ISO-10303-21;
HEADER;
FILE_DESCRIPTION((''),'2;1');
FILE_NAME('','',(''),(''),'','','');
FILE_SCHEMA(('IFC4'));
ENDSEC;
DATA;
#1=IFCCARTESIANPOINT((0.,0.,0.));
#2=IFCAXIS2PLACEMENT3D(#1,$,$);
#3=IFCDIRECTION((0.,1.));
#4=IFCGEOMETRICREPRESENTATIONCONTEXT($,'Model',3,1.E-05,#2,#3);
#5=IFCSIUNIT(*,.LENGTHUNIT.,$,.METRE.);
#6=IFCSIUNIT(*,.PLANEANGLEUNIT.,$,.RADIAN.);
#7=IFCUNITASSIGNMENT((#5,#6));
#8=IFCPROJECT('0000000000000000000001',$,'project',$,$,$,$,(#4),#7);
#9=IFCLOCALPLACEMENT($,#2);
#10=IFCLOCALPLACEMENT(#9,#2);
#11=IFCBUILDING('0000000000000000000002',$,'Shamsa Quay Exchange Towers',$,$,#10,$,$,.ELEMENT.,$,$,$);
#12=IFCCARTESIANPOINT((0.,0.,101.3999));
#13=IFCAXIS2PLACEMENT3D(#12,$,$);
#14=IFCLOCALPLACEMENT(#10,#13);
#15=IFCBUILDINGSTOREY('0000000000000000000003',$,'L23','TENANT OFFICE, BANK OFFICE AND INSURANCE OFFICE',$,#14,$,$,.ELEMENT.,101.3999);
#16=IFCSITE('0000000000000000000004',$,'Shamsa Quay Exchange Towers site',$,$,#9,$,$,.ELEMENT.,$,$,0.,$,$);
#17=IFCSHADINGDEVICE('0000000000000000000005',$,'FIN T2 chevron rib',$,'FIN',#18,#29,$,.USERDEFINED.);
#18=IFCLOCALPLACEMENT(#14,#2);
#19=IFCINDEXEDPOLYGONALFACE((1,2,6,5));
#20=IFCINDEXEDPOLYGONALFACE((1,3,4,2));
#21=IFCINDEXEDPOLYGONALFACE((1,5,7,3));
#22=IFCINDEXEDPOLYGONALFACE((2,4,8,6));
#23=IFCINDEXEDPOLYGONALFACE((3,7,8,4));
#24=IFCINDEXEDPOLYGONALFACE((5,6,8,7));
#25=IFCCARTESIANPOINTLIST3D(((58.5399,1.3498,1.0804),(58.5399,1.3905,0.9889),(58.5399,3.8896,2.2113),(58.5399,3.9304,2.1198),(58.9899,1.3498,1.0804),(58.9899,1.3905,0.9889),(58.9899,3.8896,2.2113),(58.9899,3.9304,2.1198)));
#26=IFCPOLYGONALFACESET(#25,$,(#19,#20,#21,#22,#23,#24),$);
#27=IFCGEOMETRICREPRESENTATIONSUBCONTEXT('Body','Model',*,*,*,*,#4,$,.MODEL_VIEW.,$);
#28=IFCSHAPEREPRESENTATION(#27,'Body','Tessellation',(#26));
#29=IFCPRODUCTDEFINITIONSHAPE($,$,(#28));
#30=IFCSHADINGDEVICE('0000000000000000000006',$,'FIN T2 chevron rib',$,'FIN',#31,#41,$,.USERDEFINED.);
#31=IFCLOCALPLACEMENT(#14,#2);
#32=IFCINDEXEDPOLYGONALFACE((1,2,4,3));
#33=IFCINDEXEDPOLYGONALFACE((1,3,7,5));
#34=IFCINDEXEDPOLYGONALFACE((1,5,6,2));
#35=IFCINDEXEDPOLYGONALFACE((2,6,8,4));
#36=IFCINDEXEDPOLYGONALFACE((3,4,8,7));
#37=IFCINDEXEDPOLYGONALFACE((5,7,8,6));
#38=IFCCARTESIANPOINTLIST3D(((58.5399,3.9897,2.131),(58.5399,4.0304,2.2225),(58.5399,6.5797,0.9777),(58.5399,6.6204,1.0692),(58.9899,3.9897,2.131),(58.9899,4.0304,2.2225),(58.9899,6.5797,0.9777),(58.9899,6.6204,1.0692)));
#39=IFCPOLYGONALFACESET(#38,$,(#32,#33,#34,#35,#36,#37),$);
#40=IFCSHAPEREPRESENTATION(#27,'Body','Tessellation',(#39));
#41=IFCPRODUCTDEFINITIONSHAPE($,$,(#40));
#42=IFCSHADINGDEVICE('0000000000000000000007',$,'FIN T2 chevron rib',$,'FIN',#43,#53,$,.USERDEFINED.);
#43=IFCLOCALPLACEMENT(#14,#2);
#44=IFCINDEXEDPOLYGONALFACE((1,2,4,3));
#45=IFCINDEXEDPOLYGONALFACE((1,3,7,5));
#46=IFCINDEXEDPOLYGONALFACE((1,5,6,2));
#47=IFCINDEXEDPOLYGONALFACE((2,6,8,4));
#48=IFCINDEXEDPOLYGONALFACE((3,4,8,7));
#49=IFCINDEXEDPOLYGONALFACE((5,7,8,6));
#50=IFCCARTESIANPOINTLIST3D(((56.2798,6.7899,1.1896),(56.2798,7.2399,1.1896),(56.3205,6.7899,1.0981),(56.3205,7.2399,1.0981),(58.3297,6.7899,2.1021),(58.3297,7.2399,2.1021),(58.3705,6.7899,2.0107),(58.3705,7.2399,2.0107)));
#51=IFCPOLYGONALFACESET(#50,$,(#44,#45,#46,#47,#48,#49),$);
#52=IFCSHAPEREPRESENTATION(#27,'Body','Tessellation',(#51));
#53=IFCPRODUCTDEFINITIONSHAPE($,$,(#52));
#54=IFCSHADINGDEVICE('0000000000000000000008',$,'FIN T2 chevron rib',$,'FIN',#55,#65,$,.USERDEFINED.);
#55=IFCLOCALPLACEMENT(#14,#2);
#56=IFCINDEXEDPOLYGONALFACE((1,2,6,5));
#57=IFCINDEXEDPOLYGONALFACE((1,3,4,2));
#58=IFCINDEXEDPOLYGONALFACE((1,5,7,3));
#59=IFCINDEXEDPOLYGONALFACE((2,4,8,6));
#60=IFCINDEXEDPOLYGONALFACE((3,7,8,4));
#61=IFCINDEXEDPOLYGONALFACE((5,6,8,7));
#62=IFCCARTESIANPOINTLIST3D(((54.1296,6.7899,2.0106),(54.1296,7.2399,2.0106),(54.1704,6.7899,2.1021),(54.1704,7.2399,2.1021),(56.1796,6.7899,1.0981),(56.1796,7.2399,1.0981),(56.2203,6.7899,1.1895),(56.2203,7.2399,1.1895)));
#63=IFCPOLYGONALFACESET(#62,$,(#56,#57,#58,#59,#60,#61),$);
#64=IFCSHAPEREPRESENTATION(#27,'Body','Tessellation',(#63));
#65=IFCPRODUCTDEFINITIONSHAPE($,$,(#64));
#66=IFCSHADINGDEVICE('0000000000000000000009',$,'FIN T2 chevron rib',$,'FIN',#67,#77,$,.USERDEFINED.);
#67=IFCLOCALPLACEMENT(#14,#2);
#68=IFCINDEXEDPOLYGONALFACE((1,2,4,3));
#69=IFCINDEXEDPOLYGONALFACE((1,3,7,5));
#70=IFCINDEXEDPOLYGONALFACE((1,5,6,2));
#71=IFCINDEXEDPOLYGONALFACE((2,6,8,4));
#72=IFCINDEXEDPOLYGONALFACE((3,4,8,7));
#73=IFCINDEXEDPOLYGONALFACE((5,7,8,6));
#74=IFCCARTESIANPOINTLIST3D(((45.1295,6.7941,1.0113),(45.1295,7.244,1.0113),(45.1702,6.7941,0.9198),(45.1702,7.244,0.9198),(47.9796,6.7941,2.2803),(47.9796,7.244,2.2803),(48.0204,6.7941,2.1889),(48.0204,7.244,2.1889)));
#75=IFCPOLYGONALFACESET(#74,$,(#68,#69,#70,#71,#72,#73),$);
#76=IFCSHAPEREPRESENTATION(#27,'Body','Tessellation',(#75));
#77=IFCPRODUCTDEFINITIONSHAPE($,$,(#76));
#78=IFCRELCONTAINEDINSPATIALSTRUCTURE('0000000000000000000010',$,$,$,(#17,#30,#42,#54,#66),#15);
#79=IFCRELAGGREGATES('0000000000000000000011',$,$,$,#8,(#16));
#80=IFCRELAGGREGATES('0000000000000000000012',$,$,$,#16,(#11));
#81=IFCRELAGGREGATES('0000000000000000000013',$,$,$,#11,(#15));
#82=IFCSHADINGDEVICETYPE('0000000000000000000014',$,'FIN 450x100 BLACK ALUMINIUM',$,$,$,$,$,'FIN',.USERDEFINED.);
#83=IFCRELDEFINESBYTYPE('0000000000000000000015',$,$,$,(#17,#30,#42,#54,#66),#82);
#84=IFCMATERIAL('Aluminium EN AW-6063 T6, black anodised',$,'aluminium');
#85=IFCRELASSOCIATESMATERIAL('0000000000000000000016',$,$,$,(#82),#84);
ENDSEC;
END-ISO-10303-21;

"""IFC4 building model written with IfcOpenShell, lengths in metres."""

from ifc_helpers import new_model, si_unit, direction, frame, origin, origin_2d, place, context, subcontext, project, spatial, rectangle, extrude, material, material_profile, profile_set, type_object, element, save


model = new_model("IFC4")

# Units and contexts
model_context = context("Model", 3, precision=1e-05, world=origin(), true_north=direction((0.0, 1.0)))
body_context = subcontext(model_context, "Body", "Model", "MODEL_VIEW")
ifc_project = project(units=[si_unit("LENGTHUNIT", "METRE"), si_unit("PLANEANGLEUNIT", "RADIAN")], contexts=[model_context])

# Site, building, storey
site_placement = place(None, origin())
site = spatial("IfcSite", under=ifc_project, at=site_placement, Name="Shamsa Quay Exchange Towers site", CompositionType="ELEMENT", RefElevation=0.0)
building_placement = place(site_placement, origin())
building = spatial("IfcBuilding", under=site, at=building_placement, Name="Shamsa Quay Exchange Towers", CompositionType="ELEMENT")
storey_placement = place(building_placement, frame((0.0, 0.0, 101.3999)))
storey = spatial("IfcBuildingStorey", under=building, at=storey_placement, Name="L23", Description="TENANT OFFICE, BANK OFFICE AND INSURANCE OFFICE", CompositionType="ELEMENT", Elevation=101.3999)

# Shared definitions
ifc_material_1 = material(Name="Aluminium EN AW-6063 T6, black anodised", Category="aluminium")

# Shading devices
ifc_material_profile_1 = material_profile(ifc_material_1, rectangle(XDim=0.45, YDim=0.1001, at=origin_2d()), Name="FIN450x100")
ifc_profile_set_1 = profile_set([ifc_material_profile_1], Name="Aluminium EN AW-6063 T6, black anodised")
shading_device_type = type_object("IfcShadingDeviceType", Name="FIN 450x100 BLACK ALUMINIUM", ElementType="FIN", PredefinedType="USERDEFINED", material=ifc_profile_set_1)
shading_device_1_placement = place(storey_placement, frame((58.7649, 1.3701, 1.0347), z_axis=(0.0, 0.913536, 0.406758), x_axis=(-1.0, 0.0, 0.0)))
element("IfcShadingDevice", 1, at=shading_device_1_placement, inside=storey, type_object=shading_device_type, Name="FIN T2 chevron rib", ObjectType="FIN", PredefinedType="USERDEFINED", context=body_context, shape_type="SweptSolid", body=[
    extrude(rectangle(XDim=0.45, YDim=0.1001, at=origin_2d()), origin(), (0.0, 0.0, 1.0), 2.7803),
])
shading_device_2_placement = place(storey_placement, frame((58.7649, 4.01, 2.1768), z_axis=(0.0, 0.913527, -0.406778), x_axis=(-1.0, 0.0, 0.0)))
element("IfcShadingDevice", 2, at=shading_device_2_placement, inside=storey, type_object=shading_device_type, Name="FIN T2 chevron rib", ObjectType="FIN", PredefinedType="USERDEFINED", context=body_context, shape_type="SweptSolid", body=[
    extrude(rectangle(XDim=0.45, YDim=0.1001, at=origin_2d()), origin(), (0.0, 0.0, 1.0), 2.8352),
])
for number, where, z_axis, x_axis, name in (
    (3, (58.3501, 7.0149, 2.0564), (-0.913569, 0.0, -0.406684), (0.0, -1.0, 0.0), "FIN T2 chevron rib"),
    (4, (56.2, 7.0149, 1.1438), (-0.913569, 0.0, 0.406684), (0.0, -1.0, 0.0), "FIN T2 chevron rib"),
):
    element("IfcShadingDevice", number, at=place(storey_placement, frame(where, z_axis=z_axis, x_axis=x_axis)), inside=storey, type_object=shading_device_type, Name=name, ObjectType="FIN", PredefinedType="USERDEFINED", context=body_context, shape_type="SweptSolid", body=[
        extrude(rectangle(XDim=0.45, YDim=0.1001, at=origin_2d()), origin(), (0.0, 0.0, 1.0), 2.2439),
    ])
shading_device_3_placement = place(storey_placement, frame((48.0, 7.019, 2.2346), z_axis=(-0.913534, 0.0, -0.406763), x_axis=(0.0, -1.0, 0.0)))
element("IfcShadingDevice", 5, at=shading_device_3_placement, inside=storey, type_object=shading_device_type, Name="FIN T2 chevron rib", ObjectType="FIN", PredefinedType="USERDEFINED", context=body_context, shape_type="SweptSolid", body=[
    extrude(rectangle(XDim=0.45, YDim=0.1001, at=origin_2d()), origin(), (0.0, 0.0, 1.0), 3.1199),
])

save(model, "model.ifc")
